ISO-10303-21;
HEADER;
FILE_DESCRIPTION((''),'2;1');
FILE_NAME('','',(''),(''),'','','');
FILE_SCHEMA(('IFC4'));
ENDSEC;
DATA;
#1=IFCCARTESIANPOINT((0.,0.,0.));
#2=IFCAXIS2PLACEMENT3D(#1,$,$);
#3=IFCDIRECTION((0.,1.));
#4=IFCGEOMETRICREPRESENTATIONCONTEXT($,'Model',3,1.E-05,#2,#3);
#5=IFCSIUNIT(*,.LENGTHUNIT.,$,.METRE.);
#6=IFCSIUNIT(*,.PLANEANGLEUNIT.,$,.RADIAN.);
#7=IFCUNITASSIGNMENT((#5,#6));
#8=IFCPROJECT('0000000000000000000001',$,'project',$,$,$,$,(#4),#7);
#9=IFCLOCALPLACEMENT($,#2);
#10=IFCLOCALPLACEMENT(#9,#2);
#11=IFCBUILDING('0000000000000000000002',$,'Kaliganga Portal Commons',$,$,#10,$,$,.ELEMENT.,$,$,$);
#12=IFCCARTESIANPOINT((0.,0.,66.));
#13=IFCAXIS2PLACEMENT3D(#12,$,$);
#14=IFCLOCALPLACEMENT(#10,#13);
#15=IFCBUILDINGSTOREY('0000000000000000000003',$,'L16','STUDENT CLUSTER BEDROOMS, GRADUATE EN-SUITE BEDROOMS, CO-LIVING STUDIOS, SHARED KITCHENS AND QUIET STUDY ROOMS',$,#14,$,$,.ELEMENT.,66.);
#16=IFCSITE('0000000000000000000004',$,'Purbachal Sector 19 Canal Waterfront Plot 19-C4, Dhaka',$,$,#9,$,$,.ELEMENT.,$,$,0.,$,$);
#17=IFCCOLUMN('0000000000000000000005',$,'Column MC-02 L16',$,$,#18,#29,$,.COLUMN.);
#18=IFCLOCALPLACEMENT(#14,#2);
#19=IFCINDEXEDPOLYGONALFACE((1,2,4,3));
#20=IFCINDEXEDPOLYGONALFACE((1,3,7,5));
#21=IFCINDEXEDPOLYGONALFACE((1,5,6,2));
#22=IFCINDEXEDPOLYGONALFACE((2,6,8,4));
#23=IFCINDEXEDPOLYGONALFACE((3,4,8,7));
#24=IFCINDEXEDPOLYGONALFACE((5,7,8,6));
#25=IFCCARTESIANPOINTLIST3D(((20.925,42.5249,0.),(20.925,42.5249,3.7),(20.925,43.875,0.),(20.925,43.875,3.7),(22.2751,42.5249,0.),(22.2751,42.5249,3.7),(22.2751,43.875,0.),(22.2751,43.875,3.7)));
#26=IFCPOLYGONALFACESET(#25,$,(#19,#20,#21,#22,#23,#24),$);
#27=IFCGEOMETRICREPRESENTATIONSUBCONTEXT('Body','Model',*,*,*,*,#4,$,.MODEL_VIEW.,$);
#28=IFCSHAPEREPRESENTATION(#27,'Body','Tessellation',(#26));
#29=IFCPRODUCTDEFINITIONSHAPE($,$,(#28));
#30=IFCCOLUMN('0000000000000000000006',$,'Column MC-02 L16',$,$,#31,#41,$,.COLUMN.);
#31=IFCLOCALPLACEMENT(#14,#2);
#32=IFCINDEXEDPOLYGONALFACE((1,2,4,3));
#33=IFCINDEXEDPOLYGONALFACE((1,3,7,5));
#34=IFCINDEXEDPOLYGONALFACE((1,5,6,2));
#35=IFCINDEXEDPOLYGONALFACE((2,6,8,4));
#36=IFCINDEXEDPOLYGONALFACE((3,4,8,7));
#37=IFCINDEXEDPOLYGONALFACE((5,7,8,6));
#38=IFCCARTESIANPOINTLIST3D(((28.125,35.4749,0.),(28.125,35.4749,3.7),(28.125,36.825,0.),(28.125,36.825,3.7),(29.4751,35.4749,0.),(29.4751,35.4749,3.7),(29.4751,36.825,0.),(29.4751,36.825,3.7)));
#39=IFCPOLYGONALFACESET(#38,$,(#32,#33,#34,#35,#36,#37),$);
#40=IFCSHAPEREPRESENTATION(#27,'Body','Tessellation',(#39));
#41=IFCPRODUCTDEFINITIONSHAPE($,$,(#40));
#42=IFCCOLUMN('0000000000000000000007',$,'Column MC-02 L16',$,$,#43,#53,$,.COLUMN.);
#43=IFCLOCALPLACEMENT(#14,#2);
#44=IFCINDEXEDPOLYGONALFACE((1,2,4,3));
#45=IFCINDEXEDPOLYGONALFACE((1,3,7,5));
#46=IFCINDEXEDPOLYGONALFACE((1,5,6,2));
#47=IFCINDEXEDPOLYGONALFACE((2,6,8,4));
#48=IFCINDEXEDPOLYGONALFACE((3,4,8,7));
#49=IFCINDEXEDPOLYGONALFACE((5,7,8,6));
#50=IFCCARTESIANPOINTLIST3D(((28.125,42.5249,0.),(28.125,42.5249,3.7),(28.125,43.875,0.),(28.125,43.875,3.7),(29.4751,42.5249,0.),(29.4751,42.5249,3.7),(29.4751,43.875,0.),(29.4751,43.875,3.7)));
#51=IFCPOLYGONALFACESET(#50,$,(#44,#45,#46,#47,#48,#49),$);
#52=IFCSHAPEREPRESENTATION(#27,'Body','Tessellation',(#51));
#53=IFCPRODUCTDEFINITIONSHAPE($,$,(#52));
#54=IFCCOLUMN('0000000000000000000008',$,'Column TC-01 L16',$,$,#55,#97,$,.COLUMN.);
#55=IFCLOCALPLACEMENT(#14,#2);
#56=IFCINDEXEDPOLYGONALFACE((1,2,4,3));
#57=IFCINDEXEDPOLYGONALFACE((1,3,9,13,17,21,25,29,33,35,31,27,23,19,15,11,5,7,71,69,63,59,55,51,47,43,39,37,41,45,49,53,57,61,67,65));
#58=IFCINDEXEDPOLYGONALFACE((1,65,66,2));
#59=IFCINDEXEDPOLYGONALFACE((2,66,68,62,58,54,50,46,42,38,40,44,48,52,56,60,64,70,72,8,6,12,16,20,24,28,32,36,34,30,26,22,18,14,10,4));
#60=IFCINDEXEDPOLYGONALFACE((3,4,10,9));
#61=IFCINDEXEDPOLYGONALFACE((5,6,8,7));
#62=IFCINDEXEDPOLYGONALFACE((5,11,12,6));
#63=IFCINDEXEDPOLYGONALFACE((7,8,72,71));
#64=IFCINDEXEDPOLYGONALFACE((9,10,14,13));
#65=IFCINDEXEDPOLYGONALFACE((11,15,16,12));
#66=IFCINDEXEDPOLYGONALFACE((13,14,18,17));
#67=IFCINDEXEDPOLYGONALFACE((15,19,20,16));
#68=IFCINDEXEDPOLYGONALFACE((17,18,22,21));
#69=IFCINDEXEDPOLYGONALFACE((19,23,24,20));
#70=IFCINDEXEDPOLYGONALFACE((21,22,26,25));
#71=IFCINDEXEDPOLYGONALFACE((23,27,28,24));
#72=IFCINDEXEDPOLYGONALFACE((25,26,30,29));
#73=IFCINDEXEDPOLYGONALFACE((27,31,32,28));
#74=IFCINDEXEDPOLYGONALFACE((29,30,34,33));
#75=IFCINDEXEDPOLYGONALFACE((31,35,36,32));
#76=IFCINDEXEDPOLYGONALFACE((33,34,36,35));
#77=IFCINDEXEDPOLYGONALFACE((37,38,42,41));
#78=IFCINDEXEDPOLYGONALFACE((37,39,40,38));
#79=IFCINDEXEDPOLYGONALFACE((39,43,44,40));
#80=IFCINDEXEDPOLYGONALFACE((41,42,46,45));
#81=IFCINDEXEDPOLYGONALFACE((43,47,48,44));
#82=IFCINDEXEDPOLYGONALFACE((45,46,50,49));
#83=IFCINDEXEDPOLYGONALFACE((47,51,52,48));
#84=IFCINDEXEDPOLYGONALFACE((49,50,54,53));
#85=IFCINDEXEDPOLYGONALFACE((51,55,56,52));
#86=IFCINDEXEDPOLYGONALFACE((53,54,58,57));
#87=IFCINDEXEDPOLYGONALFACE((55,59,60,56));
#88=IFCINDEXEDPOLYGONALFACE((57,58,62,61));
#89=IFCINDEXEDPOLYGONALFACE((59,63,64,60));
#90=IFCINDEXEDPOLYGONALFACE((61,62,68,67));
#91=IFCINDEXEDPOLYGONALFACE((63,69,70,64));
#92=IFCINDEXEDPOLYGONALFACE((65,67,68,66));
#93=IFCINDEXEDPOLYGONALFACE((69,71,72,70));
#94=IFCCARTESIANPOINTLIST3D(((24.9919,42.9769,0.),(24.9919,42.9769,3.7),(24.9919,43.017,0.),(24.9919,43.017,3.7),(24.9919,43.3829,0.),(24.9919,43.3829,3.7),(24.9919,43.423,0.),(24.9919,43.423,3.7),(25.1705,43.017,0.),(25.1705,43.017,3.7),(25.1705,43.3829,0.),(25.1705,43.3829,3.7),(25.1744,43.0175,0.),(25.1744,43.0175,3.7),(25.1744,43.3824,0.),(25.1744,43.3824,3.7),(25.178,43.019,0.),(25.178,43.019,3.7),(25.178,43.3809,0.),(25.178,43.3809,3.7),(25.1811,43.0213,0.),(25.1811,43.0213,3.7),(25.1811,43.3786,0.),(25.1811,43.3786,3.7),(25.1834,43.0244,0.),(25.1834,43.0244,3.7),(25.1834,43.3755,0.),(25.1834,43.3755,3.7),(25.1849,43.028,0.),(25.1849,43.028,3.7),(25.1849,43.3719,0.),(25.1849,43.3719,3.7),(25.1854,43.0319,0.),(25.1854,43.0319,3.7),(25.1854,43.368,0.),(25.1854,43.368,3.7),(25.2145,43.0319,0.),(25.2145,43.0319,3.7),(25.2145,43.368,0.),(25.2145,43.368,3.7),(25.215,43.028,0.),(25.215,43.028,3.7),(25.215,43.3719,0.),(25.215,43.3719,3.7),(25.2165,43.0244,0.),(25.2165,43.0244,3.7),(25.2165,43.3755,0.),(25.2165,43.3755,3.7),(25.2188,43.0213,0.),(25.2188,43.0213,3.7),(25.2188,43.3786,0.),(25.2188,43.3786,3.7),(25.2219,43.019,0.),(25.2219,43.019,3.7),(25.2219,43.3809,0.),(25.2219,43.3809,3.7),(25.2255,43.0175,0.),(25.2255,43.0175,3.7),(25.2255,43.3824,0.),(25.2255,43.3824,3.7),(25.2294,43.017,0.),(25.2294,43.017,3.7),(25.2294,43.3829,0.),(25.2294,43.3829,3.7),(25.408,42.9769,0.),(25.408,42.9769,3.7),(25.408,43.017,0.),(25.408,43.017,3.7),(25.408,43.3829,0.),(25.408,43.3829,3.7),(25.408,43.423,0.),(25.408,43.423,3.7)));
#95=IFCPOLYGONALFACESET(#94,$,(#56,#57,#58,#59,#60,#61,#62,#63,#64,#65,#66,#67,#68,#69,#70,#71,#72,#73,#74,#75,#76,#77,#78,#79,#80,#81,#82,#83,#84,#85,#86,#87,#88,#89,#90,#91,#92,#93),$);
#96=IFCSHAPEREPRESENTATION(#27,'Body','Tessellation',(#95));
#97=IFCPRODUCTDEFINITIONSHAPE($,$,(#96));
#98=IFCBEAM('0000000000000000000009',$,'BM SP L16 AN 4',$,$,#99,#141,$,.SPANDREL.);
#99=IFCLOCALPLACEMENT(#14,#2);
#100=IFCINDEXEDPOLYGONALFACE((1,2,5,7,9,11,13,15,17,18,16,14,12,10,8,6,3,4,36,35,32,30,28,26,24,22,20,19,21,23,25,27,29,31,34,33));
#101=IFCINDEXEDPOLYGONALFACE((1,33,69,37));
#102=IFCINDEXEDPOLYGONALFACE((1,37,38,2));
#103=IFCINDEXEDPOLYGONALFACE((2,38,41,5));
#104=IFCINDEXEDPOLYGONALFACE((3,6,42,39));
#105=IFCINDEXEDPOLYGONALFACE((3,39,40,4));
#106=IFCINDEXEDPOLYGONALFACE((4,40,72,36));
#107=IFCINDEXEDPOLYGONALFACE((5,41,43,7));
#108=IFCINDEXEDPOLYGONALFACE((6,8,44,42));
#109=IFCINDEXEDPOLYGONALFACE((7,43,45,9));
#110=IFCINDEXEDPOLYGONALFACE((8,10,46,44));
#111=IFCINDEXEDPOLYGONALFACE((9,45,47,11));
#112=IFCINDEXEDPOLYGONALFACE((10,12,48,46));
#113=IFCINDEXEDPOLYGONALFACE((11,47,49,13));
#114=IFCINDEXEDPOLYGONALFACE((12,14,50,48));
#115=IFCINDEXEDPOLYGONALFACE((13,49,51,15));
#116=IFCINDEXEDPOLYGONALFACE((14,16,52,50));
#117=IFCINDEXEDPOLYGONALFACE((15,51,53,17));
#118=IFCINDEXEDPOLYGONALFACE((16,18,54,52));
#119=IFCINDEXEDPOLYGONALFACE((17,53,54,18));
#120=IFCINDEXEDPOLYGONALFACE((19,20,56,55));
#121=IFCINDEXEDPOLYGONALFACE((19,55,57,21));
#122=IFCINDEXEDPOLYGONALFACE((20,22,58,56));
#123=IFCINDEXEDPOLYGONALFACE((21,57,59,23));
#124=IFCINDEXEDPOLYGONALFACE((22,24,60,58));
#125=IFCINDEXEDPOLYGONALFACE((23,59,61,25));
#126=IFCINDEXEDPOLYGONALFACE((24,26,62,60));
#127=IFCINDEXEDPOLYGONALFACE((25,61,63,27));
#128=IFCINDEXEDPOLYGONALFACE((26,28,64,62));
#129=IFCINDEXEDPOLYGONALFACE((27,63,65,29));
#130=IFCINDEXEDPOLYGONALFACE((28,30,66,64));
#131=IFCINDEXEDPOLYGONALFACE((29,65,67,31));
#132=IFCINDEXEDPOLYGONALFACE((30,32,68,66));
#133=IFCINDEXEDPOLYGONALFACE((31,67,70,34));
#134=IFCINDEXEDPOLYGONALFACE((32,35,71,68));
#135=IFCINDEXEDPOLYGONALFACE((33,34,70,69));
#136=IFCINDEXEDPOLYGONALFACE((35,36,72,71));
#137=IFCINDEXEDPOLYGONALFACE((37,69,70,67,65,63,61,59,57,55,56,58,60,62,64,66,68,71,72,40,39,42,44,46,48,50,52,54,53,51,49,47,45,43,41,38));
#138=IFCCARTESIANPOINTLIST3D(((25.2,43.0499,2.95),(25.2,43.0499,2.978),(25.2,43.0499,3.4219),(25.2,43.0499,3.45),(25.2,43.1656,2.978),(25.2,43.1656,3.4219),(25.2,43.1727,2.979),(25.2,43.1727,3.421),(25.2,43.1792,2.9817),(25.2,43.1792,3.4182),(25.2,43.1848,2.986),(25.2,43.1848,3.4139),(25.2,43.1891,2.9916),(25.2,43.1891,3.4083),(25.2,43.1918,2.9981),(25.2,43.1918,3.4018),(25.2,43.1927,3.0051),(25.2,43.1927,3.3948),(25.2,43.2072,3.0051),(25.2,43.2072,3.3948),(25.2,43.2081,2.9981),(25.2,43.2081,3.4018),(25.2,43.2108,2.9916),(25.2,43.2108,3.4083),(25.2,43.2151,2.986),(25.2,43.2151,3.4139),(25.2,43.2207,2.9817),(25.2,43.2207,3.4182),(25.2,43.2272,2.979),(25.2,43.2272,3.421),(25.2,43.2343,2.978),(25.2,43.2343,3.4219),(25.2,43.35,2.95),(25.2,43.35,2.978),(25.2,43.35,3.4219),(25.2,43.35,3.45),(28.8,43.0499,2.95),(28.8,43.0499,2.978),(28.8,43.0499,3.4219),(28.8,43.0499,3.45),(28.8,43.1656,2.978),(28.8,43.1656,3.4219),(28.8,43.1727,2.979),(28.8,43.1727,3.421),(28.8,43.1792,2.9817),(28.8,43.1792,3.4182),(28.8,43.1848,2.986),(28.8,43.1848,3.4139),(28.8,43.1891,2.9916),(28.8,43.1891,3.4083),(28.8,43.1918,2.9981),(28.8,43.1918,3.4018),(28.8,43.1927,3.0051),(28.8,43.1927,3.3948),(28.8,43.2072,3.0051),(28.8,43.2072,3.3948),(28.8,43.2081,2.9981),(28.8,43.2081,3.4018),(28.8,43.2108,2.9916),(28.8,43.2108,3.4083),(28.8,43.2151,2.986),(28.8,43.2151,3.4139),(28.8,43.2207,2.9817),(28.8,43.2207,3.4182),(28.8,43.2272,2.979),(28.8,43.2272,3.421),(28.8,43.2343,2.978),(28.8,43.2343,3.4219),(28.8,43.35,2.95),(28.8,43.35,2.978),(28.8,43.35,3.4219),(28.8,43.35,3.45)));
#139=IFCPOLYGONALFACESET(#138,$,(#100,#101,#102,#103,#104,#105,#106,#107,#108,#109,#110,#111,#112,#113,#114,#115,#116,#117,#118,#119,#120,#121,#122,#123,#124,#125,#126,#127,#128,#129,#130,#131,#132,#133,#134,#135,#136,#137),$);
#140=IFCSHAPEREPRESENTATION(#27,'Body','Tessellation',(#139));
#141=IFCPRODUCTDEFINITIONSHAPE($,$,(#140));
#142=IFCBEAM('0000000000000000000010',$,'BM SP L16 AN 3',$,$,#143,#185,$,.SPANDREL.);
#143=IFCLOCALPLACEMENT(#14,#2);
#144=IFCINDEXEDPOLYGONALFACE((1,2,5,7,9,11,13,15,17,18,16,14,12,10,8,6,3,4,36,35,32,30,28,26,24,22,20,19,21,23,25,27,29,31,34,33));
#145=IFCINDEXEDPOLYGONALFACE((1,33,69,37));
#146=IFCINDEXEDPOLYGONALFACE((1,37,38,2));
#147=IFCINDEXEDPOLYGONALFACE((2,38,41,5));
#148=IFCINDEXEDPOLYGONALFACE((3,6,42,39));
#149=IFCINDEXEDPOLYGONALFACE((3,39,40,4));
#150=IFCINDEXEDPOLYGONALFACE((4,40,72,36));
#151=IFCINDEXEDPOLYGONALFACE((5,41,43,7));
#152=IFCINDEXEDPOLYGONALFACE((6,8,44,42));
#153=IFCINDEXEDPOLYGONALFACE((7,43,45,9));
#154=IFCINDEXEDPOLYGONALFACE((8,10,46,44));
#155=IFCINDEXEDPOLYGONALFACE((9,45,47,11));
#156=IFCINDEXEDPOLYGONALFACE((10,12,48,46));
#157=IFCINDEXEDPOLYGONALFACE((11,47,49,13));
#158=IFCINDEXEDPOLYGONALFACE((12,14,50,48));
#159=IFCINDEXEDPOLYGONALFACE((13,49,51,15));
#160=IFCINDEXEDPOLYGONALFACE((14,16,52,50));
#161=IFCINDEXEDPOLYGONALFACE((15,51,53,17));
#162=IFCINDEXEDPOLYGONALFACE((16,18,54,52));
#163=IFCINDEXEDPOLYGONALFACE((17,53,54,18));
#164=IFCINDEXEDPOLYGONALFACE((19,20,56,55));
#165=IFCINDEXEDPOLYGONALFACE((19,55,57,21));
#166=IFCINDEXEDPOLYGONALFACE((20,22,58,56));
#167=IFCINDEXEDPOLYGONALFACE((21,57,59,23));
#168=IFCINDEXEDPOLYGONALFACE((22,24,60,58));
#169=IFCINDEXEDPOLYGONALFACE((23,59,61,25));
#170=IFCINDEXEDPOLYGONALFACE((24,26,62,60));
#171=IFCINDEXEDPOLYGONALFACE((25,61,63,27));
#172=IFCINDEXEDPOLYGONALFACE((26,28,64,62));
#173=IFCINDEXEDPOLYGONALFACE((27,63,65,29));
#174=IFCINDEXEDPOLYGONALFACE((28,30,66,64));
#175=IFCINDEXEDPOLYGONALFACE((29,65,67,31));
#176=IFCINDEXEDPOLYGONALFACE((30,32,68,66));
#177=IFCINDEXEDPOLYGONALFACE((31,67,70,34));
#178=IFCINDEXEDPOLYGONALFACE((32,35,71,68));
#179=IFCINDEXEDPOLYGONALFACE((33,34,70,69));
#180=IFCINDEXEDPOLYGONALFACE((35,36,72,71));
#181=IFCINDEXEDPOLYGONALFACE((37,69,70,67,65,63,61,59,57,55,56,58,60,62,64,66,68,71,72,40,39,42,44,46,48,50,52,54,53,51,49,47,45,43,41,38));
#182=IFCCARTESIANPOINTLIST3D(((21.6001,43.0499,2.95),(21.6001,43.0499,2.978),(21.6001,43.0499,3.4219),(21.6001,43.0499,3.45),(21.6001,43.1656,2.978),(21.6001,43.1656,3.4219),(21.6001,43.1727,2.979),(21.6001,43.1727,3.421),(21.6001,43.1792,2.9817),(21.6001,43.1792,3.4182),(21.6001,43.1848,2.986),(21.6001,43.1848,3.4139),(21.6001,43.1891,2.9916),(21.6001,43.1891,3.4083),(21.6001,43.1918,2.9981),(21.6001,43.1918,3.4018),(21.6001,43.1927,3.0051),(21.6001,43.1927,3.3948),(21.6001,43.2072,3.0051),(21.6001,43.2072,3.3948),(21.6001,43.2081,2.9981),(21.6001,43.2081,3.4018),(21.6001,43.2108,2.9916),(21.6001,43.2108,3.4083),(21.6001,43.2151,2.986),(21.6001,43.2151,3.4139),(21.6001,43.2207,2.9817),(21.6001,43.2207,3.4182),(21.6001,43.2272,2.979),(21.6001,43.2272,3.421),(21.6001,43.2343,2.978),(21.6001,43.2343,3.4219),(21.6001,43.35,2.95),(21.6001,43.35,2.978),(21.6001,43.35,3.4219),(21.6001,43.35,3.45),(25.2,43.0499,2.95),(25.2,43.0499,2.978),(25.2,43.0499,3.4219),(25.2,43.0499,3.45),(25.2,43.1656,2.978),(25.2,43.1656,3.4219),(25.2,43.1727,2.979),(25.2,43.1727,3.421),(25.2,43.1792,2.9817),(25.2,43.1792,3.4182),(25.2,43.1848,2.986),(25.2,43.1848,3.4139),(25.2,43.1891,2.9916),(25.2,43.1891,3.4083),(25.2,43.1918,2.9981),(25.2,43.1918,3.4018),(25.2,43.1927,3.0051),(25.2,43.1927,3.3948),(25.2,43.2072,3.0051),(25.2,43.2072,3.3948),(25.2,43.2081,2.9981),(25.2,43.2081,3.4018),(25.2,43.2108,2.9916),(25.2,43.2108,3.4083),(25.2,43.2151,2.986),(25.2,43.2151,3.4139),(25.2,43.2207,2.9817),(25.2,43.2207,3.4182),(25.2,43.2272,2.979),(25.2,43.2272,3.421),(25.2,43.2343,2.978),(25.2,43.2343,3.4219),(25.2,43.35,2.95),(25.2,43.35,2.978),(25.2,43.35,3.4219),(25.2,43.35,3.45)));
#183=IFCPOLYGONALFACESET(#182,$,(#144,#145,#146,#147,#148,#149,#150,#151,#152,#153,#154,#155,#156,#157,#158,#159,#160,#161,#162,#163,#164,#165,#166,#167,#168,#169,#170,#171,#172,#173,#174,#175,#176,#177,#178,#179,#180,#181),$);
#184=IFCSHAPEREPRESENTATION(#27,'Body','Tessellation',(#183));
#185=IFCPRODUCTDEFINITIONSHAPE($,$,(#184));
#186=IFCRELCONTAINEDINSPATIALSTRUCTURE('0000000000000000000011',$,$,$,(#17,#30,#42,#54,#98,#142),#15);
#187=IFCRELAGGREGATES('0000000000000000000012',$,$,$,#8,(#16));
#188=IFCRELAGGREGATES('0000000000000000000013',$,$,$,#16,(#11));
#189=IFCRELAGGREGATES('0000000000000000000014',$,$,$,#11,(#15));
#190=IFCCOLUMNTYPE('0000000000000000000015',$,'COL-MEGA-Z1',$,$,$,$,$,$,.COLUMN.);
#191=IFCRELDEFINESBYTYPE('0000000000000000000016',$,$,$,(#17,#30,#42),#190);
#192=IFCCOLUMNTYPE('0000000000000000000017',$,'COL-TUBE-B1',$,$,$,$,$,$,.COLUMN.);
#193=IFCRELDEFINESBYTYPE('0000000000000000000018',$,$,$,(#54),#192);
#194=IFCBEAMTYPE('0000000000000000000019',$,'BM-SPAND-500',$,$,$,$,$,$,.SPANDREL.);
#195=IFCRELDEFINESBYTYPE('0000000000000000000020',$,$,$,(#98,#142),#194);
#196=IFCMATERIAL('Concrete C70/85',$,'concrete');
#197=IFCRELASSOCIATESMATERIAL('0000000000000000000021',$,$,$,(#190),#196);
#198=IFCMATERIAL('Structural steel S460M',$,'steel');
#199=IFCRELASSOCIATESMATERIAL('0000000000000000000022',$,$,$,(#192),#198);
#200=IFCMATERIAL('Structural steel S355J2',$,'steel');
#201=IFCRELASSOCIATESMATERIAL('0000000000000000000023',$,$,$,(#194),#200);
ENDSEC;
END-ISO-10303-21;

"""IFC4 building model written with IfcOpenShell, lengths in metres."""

from ifc_helpers import new_model, si_unit, direction, frame, origin, origin_2d, place, context, subcontext, project, spatial, rectangle, i_section, extrude, source, transform, mapped, material, material_profile, profile_set, type_object, element, save


model = new_model("IFC4")

# Units and contexts
model_context = context("Model", 3, precision=1e-05, world=origin(), true_north=direction((0.0, 1.0)))
body_context = subcontext(model_context, "Body", "Model", "MODEL_VIEW")
ifc_project = project(units=[si_unit("LENGTHUNIT", "METRE"), si_unit("PLANEANGLEUNIT", "RADIAN")], contexts=[model_context])

# Site, building, storey
site_placement = place(None, origin())
site = spatial("IfcSite", under=ifc_project, at=site_placement, Name="Purbachal Sector 19 Canal Waterfront Plot 19-C4, Dhaka", CompositionType="ELEMENT", RefElevation=0.0)
building_placement = place(site_placement, origin())
building = spatial("IfcBuilding", under=site, at=building_placement, Name="Kaliganga Portal Commons", CompositionType="ELEMENT")
storey_placement = place(building_placement, frame((0.0, 0.0, 66.0)))
storey = spatial("IfcBuildingStorey", under=building, at=storey_placement, Name="L16", Description="STUDENT CLUSTER BEDROOMS, GRADUATE EN-SUITE BEDROOMS, CO-LIVING STUDIOS, SHARED KITCHENS AND QUIET STUDY ROOMS", CompositionType="ELEMENT", Elevation=66.0)

# Columns
ifc_material_1 = material(Name="Concrete C70/85", Category="concrete")
ifc_material_profile_1 = material_profile(ifc_material_1, rectangle(XDim=1.3501, YDim=1.3501, at=origin_2d()), Name="RC 1350x1350")
ifc_profile_set_1 = profile_set([ifc_material_profile_1], Name="Concrete C70/85")
column_type_1 = type_object("IfcColumnType", Name="COL-MEGA-Z1", PredefinedType="COLUMN", material=ifc_profile_set_1)
shared_shape_1 = source(origin(), body_context, "Body", "SweptSolid", [
    extrude(rectangle(XDim=1.3501, YDim=1.3501, at=origin_2d()), origin(), (0.0, 0.0, 1.0), 3.7),
])
for number, where, z_axis, x_axis, name in (
    (1, (21.6001, 43.2, 0.0), (0.0, 0.0, 1.0), (1.0, 0.0, 0.0), "Column MC-02 L16"),
    (2, (28.8, 36.1499, 0.0), (0.0, 0.0, 1.0), (1.0, 0.0, 0.0), "Column MC-02 L16"),
    (3, (28.8, 43.2, 0.0), (0.0, 0.0, 1.0), (1.0, 0.0, 0.0), "Column MC-02 L16"),
):
    element("IfcColumn", number, at=place(storey_placement, frame(where, z_axis=z_axis, x_axis=x_axis)), inside=storey, type_object=column_type_1, Name=name, PredefinedType="COLUMN", context=body_context, shape_type="MappedRepresentation", body=[
        mapped(shared_shape_1, transform((0.0, 0.0, 0.0), x_axis=(1.0, 0.0, 0.0), y_axis=(0.0, 1.0, 0.0), z_axis=(0.0, 0.0, 1.0), scale=1.0)),
    ])
ifc_material_2 = material(Name="Structural steel S460M", Category="steel")
ifc_material_profile_2 = material_profile(ifc_material_2, i_section(OverallWidth=0.416, OverallDepth=0.446, WebThickness=0.0291, FlangeThickness=0.04, FilletRadius=0.0149, at=origin_2d()), Name="HD 400x509")
ifc_profile_set_2 = profile_set([ifc_material_profile_2], Name="Structural steel S460M wide-flange")
column_type_2 = type_object("IfcColumnType", Name="COL-TUBE-B1", PredefinedType="COLUMN", material=ifc_profile_set_2)
shared_shape_2 = source(origin(), body_context, "Body", "SweptSolid", [
    extrude(i_section(OverallWidth=0.416, OverallDepth=0.446, WebThickness=0.0291, FlangeThickness=0.04, FilletRadius=0.0149, at=origin_2d()), origin(), (0.0, 0.0, 1.0), 3.7),
])
column_placement = place(storey_placement, frame((25.2, 43.2, 0.0), z_axis=(0.0, 0.0, 1.0), x_axis=(1.0, 0.0, 0.0)))
element("IfcColumn", 4, at=column_placement, inside=storey, type_object=column_type_2, Name="Column TC-01 L16", PredefinedType="COLUMN", context=body_context, shape_type="MappedRepresentation", body=[
    mapped(shared_shape_2, transform((0.0, 0.0, 0.0), x_axis=(1.0, 0.0, 0.0), y_axis=(0.0, 1.0, 0.0), z_axis=(0.0, 0.0, 1.0), scale=1.0)),
])

# Beams
ifc_material_3 = material(Name="Structural steel S355J2", Category="steel")
ifc_material_profile_3 = material_profile(ifc_material_3, i_section(OverallWidth=0.3, OverallDepth=0.5, WebThickness=0.0144, FlangeThickness=0.0281, FilletRadius=0.0271, at=origin_2d()), Name="HE 500 B")
ifc_profile_set_3 = profile_set([ifc_material_profile_3], Name="Structural steel S355J2 wide-flange")
beam_type_1 = type_object("IfcBeamType", Name="BM-SPAND-500", PredefinedType="SPANDREL", material=ifc_profile_set_3)
shared_shape_3 = source(origin(), body_context, "Body", "SweptSolid", [
    extrude(i_section(OverallWidth=0.3, OverallDepth=0.5, WebThickness=0.0144, FlangeThickness=0.0281, FilletRadius=0.0271, at=origin_2d()), origin(), (0.0, 0.0, 1.0), 3.6001),
])
beam_1_placement = place(storey_placement, frame((25.2, 43.2, 3.2), z_axis=(1.0, 0.0, 0.0), x_axis=(0.0, 1.0, 0.0)))
element("IfcBeam", 5, at=beam_1_placement, inside=storey, type_object=beam_type_1, Name="BM SP L16 AN 4", PredefinedType="SPANDREL", context=body_context, shape_type="MappedRepresentation", body=[
    mapped(shared_shape_3, transform((0.0, 0.0, 0.0), x_axis=(1.0, 0.0, 0.0), y_axis=(0.0, 1.0, 0.0), z_axis=(0.0, 0.0, 1.0), scale=1.0)),
])
shared_shape_4 = source(origin(), body_context, "Body", "SweptSolid", [
    extrude(i_section(OverallWidth=0.3, OverallDepth=0.5, WebThickness=0.0144, FlangeThickness=0.0281, FilletRadius=0.0271, at=origin_2d()), origin(), (0.0, 0.0, 1.0), 3.5999),
])
for number, where, z_axis, x_axis, name in (
    (6, (21.6001, 43.2, 3.2), (1.0, 0.0, 0.0), (0.0, 1.0, 0.0), "BM SP L16 AN 3"),
):
    element("IfcBeam", number, at=place(storey_placement, frame(where, z_axis=z_axis, x_axis=x_axis)), inside=storey, type_object=beam_type_1, Name=name, PredefinedType="SPANDREL", context=body_context, shape_type="MappedRepresentation", body=[
        mapped(shared_shape_4, transform((0.0, 0.0, 0.0), x_axis=(1.0, 0.0, 0.0), y_axis=(0.0, 1.0, 0.0), z_axis=(0.0, 0.0, 1.0), scale=1.0)),
    ])

save(model, "model.ifc")
